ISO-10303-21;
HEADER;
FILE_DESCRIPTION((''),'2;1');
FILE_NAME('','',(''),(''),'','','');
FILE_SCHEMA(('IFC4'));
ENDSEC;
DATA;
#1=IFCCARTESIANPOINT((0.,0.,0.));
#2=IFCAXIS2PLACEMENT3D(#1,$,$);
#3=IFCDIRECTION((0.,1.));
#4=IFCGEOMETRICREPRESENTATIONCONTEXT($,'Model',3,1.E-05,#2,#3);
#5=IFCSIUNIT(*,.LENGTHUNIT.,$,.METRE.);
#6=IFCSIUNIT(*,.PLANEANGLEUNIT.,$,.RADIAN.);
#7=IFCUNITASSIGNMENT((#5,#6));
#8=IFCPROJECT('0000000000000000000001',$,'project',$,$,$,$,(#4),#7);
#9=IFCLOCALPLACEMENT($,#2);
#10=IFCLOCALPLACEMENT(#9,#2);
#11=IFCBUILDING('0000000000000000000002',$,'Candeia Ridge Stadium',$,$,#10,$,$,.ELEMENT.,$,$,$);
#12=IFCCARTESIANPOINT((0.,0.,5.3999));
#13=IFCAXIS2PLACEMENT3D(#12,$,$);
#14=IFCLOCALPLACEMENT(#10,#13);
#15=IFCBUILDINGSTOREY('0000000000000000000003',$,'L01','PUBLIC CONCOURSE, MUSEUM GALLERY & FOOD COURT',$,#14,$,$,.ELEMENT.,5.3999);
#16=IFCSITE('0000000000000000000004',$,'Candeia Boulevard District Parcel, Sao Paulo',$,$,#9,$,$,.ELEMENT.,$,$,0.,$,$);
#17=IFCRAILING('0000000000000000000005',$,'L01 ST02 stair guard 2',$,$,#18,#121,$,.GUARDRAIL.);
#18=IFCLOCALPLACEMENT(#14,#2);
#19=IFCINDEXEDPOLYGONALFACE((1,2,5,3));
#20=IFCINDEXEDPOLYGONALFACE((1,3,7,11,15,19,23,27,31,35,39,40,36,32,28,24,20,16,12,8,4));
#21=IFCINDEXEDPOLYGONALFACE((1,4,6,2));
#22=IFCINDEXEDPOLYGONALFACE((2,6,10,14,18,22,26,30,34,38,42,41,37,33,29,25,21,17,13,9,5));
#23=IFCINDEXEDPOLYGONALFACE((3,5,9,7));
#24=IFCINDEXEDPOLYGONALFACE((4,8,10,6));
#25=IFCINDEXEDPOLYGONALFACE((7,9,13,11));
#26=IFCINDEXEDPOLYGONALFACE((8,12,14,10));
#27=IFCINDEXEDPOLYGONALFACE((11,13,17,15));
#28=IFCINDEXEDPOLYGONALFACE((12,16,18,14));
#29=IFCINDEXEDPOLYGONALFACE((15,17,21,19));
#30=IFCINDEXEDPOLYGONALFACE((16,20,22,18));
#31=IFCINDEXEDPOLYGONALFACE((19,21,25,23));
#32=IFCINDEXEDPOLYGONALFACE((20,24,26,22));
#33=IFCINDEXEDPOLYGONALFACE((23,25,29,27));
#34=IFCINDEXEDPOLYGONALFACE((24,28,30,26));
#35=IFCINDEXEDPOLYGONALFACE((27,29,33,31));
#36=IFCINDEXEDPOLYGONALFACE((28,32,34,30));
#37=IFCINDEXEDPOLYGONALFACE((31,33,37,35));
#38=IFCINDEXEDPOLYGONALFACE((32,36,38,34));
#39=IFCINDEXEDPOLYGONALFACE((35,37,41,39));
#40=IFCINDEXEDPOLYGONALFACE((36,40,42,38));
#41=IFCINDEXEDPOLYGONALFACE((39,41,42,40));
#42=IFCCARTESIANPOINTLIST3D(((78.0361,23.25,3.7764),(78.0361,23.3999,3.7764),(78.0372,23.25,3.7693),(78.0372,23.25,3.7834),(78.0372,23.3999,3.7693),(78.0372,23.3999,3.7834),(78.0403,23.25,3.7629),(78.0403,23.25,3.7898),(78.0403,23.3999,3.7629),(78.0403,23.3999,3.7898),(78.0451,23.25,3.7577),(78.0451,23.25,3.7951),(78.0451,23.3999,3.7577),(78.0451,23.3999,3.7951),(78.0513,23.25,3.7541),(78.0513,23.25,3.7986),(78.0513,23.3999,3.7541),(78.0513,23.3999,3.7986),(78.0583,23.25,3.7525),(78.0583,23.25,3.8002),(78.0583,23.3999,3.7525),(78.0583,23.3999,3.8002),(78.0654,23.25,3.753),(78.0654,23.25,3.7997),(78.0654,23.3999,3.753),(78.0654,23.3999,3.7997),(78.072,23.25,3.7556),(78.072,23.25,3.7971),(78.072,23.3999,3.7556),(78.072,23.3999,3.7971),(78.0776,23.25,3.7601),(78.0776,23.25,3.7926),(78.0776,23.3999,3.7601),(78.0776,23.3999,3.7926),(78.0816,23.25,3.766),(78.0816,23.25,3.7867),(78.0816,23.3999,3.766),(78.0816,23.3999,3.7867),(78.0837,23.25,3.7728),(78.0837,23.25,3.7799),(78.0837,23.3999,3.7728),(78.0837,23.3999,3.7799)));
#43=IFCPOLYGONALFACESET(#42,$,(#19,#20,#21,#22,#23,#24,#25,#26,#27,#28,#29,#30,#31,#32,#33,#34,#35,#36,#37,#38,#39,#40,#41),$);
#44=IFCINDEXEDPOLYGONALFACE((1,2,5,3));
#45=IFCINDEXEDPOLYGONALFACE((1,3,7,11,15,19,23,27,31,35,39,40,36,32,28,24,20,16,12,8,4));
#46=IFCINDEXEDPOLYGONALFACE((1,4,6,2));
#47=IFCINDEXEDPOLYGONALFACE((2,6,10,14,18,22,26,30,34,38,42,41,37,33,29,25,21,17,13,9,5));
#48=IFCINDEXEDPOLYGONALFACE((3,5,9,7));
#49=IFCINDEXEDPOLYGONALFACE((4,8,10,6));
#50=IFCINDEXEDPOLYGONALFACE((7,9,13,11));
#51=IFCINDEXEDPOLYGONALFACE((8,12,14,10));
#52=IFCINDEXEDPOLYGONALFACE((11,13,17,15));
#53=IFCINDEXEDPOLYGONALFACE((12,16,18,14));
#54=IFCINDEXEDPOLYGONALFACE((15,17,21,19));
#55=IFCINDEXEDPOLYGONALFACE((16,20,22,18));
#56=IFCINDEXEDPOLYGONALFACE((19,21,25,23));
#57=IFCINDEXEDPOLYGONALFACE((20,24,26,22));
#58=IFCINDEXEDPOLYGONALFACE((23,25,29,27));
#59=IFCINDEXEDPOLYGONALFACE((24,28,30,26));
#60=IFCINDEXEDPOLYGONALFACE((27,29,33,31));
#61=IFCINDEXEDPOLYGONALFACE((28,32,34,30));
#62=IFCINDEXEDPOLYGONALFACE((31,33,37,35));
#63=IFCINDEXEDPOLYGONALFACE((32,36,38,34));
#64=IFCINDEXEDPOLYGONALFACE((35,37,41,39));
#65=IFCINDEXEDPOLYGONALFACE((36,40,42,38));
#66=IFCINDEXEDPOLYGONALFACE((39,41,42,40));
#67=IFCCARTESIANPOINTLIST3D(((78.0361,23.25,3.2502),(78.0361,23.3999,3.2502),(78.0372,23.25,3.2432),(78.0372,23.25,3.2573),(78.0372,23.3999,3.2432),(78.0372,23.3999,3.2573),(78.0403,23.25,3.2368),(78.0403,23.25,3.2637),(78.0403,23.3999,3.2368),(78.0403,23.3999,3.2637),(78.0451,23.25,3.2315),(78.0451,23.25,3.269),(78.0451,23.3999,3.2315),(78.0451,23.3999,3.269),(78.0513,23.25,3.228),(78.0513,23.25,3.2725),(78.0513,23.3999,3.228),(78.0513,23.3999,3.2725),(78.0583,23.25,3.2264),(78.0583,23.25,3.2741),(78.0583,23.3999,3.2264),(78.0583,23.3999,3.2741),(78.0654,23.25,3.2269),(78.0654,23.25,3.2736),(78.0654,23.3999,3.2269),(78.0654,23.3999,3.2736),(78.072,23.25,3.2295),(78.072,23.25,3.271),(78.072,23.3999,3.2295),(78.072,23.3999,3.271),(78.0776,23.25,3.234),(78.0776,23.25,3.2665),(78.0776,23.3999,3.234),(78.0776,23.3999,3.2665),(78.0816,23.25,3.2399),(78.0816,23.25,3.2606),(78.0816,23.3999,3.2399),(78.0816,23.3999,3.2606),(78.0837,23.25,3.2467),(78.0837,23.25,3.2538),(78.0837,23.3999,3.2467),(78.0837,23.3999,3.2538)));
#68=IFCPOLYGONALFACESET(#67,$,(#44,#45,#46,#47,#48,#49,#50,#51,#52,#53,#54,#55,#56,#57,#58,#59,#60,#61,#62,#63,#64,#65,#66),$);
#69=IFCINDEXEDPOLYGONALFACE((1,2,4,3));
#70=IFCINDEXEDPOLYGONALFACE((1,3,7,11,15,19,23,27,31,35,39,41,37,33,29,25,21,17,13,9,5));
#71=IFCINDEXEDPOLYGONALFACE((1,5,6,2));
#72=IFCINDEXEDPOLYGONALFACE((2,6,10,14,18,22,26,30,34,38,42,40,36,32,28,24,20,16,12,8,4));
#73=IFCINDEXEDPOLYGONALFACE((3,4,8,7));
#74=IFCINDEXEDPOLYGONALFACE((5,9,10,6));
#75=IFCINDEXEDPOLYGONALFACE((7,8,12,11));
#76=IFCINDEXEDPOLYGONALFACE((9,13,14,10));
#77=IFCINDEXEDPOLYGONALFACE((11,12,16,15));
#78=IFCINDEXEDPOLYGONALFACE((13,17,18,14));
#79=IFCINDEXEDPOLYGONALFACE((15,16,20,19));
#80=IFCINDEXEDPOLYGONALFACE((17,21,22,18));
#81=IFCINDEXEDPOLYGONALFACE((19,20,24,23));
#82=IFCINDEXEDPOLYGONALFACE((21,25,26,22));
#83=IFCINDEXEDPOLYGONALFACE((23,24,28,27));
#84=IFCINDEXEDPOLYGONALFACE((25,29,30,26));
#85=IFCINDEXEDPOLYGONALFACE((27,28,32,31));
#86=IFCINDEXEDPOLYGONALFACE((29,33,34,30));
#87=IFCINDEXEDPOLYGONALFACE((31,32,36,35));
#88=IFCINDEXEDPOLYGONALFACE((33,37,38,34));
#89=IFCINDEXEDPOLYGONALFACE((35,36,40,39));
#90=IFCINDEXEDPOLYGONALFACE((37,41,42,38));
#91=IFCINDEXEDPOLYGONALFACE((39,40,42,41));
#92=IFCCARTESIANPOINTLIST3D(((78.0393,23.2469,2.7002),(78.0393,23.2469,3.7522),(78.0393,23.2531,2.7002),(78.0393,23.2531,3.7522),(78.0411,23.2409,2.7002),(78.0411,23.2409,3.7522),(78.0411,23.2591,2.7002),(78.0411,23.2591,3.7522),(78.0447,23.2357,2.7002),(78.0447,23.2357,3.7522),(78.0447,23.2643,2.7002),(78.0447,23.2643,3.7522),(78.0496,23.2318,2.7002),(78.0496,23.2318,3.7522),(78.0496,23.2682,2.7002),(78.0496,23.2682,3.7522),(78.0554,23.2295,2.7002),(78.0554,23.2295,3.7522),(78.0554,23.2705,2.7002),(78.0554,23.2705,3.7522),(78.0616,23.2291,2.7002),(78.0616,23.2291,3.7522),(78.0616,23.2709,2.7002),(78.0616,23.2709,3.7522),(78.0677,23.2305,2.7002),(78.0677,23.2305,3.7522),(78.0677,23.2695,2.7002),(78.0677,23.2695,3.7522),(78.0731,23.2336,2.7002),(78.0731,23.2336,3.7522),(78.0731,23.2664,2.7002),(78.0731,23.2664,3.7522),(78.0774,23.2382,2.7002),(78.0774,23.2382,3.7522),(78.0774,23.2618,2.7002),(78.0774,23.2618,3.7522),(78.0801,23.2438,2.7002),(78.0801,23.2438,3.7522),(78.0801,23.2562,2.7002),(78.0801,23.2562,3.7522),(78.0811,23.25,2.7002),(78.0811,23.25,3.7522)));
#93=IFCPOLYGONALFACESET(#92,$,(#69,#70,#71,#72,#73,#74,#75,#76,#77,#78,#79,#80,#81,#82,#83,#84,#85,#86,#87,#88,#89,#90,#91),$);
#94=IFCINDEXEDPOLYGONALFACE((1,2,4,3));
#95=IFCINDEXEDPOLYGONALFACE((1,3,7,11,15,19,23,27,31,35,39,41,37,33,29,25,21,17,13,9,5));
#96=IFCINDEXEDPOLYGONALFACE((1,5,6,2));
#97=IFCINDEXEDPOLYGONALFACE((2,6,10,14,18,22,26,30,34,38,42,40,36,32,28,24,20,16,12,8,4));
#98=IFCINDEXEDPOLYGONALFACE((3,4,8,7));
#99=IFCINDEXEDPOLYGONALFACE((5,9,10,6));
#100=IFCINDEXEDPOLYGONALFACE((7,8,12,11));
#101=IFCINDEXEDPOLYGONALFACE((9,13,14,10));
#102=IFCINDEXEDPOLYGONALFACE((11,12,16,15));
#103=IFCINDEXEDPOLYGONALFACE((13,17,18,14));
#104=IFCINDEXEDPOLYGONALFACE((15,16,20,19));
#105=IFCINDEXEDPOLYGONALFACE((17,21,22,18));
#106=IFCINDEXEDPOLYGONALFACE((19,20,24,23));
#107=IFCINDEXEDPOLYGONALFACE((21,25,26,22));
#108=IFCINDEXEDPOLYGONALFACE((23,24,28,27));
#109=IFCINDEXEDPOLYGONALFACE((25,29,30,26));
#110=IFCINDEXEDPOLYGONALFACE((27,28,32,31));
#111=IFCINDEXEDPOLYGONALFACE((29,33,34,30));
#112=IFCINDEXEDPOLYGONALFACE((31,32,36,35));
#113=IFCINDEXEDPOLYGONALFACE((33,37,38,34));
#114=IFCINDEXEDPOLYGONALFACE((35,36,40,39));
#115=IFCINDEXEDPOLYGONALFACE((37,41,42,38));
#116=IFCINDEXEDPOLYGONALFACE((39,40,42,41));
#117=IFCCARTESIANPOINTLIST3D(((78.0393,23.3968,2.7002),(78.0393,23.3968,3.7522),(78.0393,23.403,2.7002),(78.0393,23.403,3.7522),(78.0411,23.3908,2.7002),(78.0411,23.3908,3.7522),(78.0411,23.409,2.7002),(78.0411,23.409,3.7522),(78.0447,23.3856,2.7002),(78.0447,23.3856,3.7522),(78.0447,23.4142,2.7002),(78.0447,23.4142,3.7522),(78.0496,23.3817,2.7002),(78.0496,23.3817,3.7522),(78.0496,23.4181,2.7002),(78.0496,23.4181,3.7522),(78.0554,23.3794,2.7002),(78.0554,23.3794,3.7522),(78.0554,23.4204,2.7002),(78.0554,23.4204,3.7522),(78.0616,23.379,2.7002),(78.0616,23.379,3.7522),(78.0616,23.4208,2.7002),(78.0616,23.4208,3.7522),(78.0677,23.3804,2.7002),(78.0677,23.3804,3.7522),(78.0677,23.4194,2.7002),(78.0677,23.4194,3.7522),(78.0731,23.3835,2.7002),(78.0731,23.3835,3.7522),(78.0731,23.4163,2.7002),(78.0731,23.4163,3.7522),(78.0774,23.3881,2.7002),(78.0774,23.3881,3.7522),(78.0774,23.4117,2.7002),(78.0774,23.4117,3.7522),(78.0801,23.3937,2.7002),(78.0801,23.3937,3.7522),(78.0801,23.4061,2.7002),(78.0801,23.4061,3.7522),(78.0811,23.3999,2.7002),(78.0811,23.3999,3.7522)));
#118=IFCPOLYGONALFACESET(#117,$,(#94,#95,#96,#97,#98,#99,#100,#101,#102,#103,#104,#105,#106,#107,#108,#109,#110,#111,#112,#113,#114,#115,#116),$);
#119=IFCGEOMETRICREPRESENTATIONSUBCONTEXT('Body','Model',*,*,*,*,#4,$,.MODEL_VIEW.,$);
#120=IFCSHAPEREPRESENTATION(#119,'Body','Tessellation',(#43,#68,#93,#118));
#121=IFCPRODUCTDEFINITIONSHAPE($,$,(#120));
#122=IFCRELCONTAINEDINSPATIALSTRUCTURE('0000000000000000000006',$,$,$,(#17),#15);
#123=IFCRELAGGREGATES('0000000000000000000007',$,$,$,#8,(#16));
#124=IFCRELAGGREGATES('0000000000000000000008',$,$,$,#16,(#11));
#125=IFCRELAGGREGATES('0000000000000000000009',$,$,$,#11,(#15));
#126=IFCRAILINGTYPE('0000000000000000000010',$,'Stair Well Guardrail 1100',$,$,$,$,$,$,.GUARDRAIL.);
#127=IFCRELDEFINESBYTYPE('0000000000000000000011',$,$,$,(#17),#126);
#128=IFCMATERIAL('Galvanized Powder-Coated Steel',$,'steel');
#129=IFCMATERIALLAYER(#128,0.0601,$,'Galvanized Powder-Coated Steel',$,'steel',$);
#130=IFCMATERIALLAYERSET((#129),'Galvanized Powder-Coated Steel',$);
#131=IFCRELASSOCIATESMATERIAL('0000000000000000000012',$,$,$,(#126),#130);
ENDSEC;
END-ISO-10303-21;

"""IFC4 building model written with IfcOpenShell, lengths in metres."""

from ifc_helpers import new_model, si_unit, direction, frame, origin, origin_2d, place, context, subcontext, project, spatial, circle, extrude, material, layer, layer_set, type_object, element, save


model = new_model("IFC4")

# Units and contexts
model_context = context("Model", 3, precision=1e-05, world=origin(), true_north=direction((0.0, 1.0)))
body_context = subcontext(model_context, "Body", "Model", "MODEL_VIEW")
ifc_project = project(units=[si_unit("LENGTHUNIT", "METRE"), si_unit("PLANEANGLEUNIT", "RADIAN")], contexts=[model_context])

# Site, building, storey
site_placement = place(None, origin())
site = spatial("IfcSite", under=ifc_project, at=site_placement, Name="Candeia Boulevard District Parcel, Sao Paulo", CompositionType="ELEMENT", RefElevation=0.0)
building_placement = place(site_placement, origin())
building = spatial("IfcBuilding", under=site, at=building_placement, Name="Candeia Ridge Stadium", CompositionType="ELEMENT")
storey_placement = place(building_placement, frame((0.0, 0.0, 5.3999)))
storey = spatial("IfcBuildingStorey", under=building, at=storey_placement, Name="L01", Description="PUBLIC CONCOURSE, MUSEUM GALLERY & FOOD COURT", CompositionType="ELEMENT", Elevation=5.3999)

# Railing
ifc_material_1 = material(Name="Galvanized Powder-Coated Steel", Category="steel")
ifc_layer_1 = layer(ifc_material_1, 0.0601, Name="Galvanized Powder-Coated Steel", Category="steel")
ifc_layer_set_1 = layer_set([ifc_layer_1], Name="Galvanized Powder-Coated Steel")
railing_type_1 = type_object("IfcRailingType", Name="Stair Well Guardrail 1100", PredefinedType="GUARDRAIL", material=ifc_layer_set_1)
railing_1_placement = place(storey_placement, frame((78.0601, 23.25, 2.7002)))
element("IfcRailing", 1, at=railing_1_placement, inside=storey, type_object=railing_type_1, Name="L01 ST02 stair guard 2", PredefinedType="GUARDRAIL", context=body_context, shape_type="SweptSolid", body=[
    extrude(circle(Radius=0.0239, at=origin_2d()), frame((0.0, 0.0, 1.0762), z_axis=(0.0, 1.0, 0.0), x_axis=(-1.0, 0.0, 0.0)), (0.0, 0.0, 1.0), 0.1499),
    extrude(circle(Radius=0.0239, at=origin_2d()), frame((0.0, 0.0, 0.55), z_axis=(0.0, 1.0, 0.0), x_axis=(-1.0, 0.0, 0.0)), (0.0, 0.0, 1.0), 0.1499),
    extrude(circle(Radius=0.021, at=origin_2d()), origin(), (0.0, 0.0, 1.0), 1.052),
    extrude(circle(Radius=0.021, at=origin_2d()), frame((0.0, 0.1499, 0.0)), (0.0, 0.0, 1.0), 1.052),
])

save(model, "model.ifc")
